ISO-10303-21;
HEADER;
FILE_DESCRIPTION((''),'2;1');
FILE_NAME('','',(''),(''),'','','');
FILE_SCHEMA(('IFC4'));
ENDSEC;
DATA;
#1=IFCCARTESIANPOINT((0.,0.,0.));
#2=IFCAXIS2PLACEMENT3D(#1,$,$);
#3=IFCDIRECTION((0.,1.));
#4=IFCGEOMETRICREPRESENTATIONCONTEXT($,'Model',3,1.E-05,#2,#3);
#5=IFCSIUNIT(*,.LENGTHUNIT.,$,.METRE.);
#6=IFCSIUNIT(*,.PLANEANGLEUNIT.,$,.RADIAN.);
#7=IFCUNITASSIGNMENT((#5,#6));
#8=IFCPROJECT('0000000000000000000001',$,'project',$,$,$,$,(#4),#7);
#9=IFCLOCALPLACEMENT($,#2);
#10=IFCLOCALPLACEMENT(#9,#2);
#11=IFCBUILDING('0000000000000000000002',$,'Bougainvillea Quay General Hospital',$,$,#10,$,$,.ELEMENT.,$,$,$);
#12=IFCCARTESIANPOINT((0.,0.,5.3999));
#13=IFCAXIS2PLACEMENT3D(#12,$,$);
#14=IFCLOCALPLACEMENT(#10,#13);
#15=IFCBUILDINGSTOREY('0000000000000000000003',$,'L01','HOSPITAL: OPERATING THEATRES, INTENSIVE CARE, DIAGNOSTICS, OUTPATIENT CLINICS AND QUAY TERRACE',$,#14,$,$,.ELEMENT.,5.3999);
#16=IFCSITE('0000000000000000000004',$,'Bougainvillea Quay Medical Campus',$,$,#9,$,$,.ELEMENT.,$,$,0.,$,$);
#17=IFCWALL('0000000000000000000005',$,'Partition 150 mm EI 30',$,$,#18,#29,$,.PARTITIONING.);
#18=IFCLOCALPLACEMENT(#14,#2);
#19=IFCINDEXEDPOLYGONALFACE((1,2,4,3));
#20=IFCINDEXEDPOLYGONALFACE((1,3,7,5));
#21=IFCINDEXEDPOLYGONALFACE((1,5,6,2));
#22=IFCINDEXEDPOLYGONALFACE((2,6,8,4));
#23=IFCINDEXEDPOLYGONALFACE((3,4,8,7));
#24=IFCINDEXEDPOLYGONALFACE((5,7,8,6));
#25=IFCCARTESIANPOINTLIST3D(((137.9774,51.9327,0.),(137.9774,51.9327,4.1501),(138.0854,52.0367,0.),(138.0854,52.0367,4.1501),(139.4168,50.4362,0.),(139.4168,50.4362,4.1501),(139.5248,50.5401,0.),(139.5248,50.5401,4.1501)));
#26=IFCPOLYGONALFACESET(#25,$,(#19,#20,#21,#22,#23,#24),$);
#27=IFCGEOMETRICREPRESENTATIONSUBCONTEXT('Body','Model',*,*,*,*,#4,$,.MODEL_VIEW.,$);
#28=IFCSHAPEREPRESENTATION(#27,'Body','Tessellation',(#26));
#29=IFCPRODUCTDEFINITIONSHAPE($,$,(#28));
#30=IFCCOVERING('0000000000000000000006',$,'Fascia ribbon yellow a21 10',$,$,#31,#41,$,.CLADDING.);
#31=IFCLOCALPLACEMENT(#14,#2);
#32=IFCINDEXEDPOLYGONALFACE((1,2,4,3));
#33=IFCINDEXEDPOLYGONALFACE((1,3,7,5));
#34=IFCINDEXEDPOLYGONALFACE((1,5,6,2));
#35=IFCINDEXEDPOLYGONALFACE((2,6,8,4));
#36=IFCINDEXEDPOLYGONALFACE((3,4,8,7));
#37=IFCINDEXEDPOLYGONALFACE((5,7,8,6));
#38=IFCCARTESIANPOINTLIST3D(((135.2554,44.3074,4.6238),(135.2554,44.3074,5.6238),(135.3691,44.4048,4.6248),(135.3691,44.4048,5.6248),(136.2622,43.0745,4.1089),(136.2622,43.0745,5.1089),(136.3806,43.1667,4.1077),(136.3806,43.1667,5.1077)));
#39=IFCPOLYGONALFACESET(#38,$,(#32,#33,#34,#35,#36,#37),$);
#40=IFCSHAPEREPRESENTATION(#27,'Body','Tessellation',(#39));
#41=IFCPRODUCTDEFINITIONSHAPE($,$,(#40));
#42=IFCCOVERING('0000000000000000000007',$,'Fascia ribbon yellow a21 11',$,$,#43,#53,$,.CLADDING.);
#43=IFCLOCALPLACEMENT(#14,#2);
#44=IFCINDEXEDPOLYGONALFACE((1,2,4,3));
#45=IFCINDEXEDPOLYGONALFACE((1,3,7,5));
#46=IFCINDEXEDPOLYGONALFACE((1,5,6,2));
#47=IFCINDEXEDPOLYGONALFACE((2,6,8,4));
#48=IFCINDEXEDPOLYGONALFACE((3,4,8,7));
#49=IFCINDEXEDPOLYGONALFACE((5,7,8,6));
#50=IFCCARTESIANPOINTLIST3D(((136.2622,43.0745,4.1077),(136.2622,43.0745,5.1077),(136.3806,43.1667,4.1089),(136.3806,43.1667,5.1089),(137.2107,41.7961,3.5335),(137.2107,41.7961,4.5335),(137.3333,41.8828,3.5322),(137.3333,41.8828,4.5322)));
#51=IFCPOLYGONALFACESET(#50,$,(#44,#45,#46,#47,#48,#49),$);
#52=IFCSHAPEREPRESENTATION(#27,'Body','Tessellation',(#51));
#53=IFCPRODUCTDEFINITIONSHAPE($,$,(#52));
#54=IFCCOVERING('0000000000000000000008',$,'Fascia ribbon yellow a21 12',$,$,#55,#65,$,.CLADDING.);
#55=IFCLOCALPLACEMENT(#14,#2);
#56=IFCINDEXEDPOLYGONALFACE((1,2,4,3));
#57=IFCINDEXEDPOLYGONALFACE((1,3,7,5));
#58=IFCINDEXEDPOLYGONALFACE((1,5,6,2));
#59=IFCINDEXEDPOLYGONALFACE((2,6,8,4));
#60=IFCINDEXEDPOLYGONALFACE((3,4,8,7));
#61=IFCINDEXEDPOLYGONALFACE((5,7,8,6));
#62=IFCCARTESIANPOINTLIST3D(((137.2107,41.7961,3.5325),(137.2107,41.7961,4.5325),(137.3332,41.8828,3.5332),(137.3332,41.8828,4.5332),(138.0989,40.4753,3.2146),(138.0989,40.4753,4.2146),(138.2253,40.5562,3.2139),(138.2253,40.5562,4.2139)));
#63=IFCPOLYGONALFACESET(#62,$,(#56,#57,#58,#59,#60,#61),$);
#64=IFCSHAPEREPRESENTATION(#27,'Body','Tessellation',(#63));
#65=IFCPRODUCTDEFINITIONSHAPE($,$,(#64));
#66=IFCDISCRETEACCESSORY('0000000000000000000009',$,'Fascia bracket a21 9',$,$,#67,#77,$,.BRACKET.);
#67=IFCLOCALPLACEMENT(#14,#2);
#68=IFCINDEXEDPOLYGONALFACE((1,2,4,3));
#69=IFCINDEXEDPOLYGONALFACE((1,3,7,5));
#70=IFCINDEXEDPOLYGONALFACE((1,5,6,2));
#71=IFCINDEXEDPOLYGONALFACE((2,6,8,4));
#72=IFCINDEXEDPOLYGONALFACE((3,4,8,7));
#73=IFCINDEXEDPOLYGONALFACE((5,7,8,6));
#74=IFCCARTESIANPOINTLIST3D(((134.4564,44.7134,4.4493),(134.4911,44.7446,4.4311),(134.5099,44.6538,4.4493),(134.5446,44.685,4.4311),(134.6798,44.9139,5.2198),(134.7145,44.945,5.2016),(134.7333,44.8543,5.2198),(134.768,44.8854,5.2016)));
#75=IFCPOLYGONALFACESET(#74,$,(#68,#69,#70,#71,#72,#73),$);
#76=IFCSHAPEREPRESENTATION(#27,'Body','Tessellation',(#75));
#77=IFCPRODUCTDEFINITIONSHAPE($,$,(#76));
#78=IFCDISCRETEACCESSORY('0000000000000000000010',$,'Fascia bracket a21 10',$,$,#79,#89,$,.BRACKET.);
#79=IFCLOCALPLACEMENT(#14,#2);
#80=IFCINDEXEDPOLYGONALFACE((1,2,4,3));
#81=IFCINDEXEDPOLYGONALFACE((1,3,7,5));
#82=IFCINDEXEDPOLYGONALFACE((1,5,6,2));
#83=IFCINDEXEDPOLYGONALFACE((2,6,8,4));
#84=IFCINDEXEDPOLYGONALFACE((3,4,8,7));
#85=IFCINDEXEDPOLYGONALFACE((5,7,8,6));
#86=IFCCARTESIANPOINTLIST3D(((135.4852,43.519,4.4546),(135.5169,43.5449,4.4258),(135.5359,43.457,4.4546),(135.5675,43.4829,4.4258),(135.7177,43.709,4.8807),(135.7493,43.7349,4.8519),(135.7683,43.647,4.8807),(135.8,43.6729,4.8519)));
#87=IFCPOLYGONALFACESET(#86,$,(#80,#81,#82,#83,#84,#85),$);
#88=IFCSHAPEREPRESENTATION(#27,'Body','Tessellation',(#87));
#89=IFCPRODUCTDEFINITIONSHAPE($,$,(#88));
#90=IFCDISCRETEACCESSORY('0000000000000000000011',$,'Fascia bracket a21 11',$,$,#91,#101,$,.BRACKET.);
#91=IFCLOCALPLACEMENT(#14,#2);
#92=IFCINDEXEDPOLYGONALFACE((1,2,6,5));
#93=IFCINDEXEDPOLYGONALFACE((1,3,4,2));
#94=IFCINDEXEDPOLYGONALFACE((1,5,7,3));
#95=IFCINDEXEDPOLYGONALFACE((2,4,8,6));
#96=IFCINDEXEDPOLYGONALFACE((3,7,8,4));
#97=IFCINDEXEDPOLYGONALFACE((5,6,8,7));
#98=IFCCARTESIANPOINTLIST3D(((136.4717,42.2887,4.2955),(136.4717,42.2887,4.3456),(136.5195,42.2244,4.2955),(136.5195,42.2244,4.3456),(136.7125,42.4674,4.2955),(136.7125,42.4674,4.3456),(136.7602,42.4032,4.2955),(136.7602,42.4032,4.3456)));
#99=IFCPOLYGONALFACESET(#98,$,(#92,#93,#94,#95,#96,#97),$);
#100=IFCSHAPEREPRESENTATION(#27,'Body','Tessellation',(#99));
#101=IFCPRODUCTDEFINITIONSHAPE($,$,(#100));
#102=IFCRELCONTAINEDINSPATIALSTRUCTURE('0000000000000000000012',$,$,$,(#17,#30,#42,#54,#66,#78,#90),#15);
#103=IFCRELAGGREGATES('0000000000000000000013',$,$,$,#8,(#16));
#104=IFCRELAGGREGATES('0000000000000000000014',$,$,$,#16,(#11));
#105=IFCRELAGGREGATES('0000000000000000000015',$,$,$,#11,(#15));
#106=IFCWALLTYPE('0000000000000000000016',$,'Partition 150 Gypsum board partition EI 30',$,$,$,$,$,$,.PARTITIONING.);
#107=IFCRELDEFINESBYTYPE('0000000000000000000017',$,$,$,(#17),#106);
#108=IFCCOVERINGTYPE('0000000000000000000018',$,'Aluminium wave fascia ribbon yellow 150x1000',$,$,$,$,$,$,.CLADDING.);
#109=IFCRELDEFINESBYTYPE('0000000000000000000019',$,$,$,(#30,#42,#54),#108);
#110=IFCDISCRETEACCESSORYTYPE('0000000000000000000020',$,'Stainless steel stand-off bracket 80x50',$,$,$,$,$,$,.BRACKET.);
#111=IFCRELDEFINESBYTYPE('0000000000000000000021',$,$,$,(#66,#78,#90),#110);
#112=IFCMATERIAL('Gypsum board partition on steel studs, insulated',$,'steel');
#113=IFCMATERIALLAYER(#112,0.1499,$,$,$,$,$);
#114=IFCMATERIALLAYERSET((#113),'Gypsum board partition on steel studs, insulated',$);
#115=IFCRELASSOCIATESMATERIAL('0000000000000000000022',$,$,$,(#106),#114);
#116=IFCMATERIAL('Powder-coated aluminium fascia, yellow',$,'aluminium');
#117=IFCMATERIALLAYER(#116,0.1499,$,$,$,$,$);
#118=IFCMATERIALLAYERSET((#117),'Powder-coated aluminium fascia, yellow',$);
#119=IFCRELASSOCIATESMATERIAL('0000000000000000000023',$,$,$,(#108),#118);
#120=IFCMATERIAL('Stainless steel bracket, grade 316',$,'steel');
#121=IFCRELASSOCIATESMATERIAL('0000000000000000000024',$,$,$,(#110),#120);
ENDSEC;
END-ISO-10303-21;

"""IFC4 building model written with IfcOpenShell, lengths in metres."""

from ifc_helpers import new_model, si_unit, direction, frame, frame_2d, origin, origin_2d, place, context, subcontext, project, spatial, polyline, rectangle, outline, extrude, material, layer, layer_set, material_profile, profile_set, type_object, element, save


model = new_model("IFC4")

# Units and contexts
model_context = context("Model", 3, precision=1e-05, world=origin(), true_north=direction((0.0, 1.0)))
body_context = subcontext(model_context, "Body", "Model", "MODEL_VIEW")
ifc_project = project(units=[si_unit("LENGTHUNIT", "METRE"), si_unit("PLANEANGLEUNIT", "RADIAN")], contexts=[model_context])

# Site, building, storey
site_placement = place(None, origin())
site = spatial("IfcSite", under=ifc_project, at=site_placement, Name="Bougainvillea Quay Medical Campus", CompositionType="ELEMENT", RefElevation=0.0)
building_placement = place(site_placement, origin())
building = spatial("IfcBuilding", under=site, at=building_placement, Name="Bougainvillea Quay General Hospital", CompositionType="ELEMENT")
storey_placement = place(building_placement, frame((0.0, 0.0, 5.3999)))
storey = spatial("IfcBuildingStorey", under=building, at=storey_placement, Name="L01", Description="HOSPITAL: OPERATING THEATRES, INTENSIVE CARE, DIAGNOSTICS, OUTPATIENT CLINICS AND QUAY TERRACE", CompositionType="ELEMENT", Elevation=5.3999)

# Shared definitions
ifc_material_1 = material(Name="Gypsum board partition on steel studs, insulated", Category="steel")
ifc_layer_1 = layer(ifc_material_1, 0.1499)
ifc_layer_set_1 = layer_set([ifc_layer_1], Name="Gypsum board partition on steel studs, insulated")
wall_type_1 = type_object("IfcWallType", Name="Partition 150 Gypsum board partition EI 30", PredefinedType="PARTITIONING", material=ifc_layer_set_1)

# Wall
wall_1_placement = place(storey_placement, frame((138.0315, 51.9846, 0.0), z_axis=(0.0, 0.0, 1.0), x_axis=(0.693217, -0.720729, 0.0)))
element("IfcWall", 1, at=wall_1_placement, inside=storey, type_object=wall_type_1, Name="Partition 150 mm EI 30", PredefinedType="PARTITIONING", context=body_context, shape_type="SweptSolid", body=[
    extrude(rectangle(XDim=2.0764, YDim=0.1499, at=frame_2d((1.0381, 0.0))), origin(), (0.0, 0.0, 1.0), 4.1501),
])

# Coverings
ifc_material_2 = material(Name="Powder-coated aluminium fascia, yellow", Category="aluminium")
ifc_layer_2 = layer(ifc_material_2, 0.1499)
ifc_layer_set_2 = layer_set([ifc_layer_2], Name="Powder-coated aluminium fascia, yellow")
covering_type = type_object("IfcCoveringType", Name="Aluminium wave fascia ribbon yellow 150x1000", PredefinedType="CLADDING", material=ifc_layer_set_2)
covering_1_placement = place(storey_placement, frame((135.2554, 44.3074, 4.6238), z_axis=(0.19532, -0.237835, 0.951464), x_axis=(0.60182, -0.736952, -0.307758)))
element("IfcCovering", 2, at=covering_1_placement, inside=storey, type_object=covering_type, Name="Fascia ribbon yellow a21 10", PredefinedType="CLADDING", context=body_context, shape_type="SweptSolid", body=[
    extrude(outline(polyline([(0.0, 0.0), (1.673, 0.0), (1.6766, 0.1501), (-0.0036, 0.1497), (0.0, 0.0)])), origin(), (-0.307758, -0.000808, 0.951464), 1.0),
])
covering_2_placement = place(storey_placement, frame((136.2622, 43.0745, 4.1077), z_axis=(0.202308, -0.272411, 0.940672), x_axis=(0.560517, -0.755436, -0.339317)))
element("IfcCovering", 3, at=covering_2_placement, inside=storey, type_object=covering_type, Name="Fascia ribbon yellow a21 11", PredefinedType="CLADDING", context=body_context, shape_type="SweptSolid", body=[
    extrude(outline(polyline([(0.0, 0.0), (1.6922, 0.0), (1.6958, 0.1501), (-0.0038, 0.1501), (0.0, 0.0)])), origin(), (-0.339317, -0.000139, 0.940672), 1.0),
])
covering_3_placement = place(storey_placement, frame((137.2107, 41.7961, 3.5325), z_axis=(0.109305, -0.162523, 0.980632), x_axis=(0.547215, -0.813753, -0.19586)))
element("IfcCovering", 4, at=covering_3_placement, inside=storey, type_object=covering_type, Name="Fascia ribbon yellow a21 12", PredefinedType="CLADDING", context=body_context, shape_type="SweptSolid", body=[
    extrude(outline(polyline([(0.0, 0.0), (1.6231, 0.0), (1.6267, 0.15), (-0.0036, 0.1501), (0.0, 0.0)])), origin(), (-0.19586, -0.000012, 0.980632), 1.0),
])

# Discrete accessories
ifc_material_3 = material(Name="Stainless steel bracket, grade 316", Category="steel")
ifc_material_profile_1 = material_profile(ifc_material_3, rectangle(XDim=0.0801, YDim=0.05, at=origin_2d()))
ifc_profile_set_1 = profile_set([ifc_material_profile_1], Name="Stainless steel bracket, grade 316")
discrete_accessory_type = type_object("IfcDiscreteAccessoryType", Name="Stainless steel stand-off bracket 80x50", PredefinedType="BRACKET", material=ifc_profile_set_1)
discrete_accessory_1_placement = place(storey_placement, frame((134.5005, 44.6992, 4.4402), z_axis=(0.270153, 0.242399, 0.931805), x_axis=(-0.66784, 0.744304, 0.0)))
element("IfcDiscreteAccessory", 5, at=discrete_accessory_1_placement, inside=storey, type_object=discrete_accessory_type, Name="Fascia bracket a21 9", PredefinedType="BRACKET", context=body_context, shape_type="SweptSolid", body=[
    extrude(rectangle(XDim=0.0801, YDim=0.05, at=origin_2d()), origin(), (0.0, 0.0, 1.0), 0.8269),
])
discrete_accessory_2_placement = place(storey_placement, frame((135.5264, 43.501, 4.4402), z_axis=(0.445981, 0.364467, 0.817475), x_axis=(-0.632795, 0.77432, 0.0)))
element("IfcDiscreteAccessory", 6, at=discrete_accessory_2_placement, inside=storey, type_object=discrete_accessory_type, Name="Fascia bracket a21 10", PredefinedType="BRACKET", context=body_context, shape_type="SweptSolid", body=[
    extrude(rectangle(XDim=0.0801, YDim=0.05, at=origin_2d()), origin(), (0.0, 0.0, 1.0), 0.5212),
])
discrete_accessory_3_placement = place(storey_placement, frame((136.4956, 42.2566, 4.3206), z_axis=(0.802922, 0.596084, 0.0), x_axis=(-0.596084, 0.802922, 0.0)))
element("IfcDiscreteAccessory", 7, at=discrete_accessory_3_placement, inside=storey, type_object=discrete_accessory_type, Name="Fascia bracket a21 11", PredefinedType="BRACKET", context=body_context, shape_type="SweptSolid", body=[
    extrude(rectangle(XDim=0.0801, YDim=0.05, at=origin_2d()), origin(), (0.0, 0.0, 1.0), 0.2998),
])

save(model, "model.ifc")
